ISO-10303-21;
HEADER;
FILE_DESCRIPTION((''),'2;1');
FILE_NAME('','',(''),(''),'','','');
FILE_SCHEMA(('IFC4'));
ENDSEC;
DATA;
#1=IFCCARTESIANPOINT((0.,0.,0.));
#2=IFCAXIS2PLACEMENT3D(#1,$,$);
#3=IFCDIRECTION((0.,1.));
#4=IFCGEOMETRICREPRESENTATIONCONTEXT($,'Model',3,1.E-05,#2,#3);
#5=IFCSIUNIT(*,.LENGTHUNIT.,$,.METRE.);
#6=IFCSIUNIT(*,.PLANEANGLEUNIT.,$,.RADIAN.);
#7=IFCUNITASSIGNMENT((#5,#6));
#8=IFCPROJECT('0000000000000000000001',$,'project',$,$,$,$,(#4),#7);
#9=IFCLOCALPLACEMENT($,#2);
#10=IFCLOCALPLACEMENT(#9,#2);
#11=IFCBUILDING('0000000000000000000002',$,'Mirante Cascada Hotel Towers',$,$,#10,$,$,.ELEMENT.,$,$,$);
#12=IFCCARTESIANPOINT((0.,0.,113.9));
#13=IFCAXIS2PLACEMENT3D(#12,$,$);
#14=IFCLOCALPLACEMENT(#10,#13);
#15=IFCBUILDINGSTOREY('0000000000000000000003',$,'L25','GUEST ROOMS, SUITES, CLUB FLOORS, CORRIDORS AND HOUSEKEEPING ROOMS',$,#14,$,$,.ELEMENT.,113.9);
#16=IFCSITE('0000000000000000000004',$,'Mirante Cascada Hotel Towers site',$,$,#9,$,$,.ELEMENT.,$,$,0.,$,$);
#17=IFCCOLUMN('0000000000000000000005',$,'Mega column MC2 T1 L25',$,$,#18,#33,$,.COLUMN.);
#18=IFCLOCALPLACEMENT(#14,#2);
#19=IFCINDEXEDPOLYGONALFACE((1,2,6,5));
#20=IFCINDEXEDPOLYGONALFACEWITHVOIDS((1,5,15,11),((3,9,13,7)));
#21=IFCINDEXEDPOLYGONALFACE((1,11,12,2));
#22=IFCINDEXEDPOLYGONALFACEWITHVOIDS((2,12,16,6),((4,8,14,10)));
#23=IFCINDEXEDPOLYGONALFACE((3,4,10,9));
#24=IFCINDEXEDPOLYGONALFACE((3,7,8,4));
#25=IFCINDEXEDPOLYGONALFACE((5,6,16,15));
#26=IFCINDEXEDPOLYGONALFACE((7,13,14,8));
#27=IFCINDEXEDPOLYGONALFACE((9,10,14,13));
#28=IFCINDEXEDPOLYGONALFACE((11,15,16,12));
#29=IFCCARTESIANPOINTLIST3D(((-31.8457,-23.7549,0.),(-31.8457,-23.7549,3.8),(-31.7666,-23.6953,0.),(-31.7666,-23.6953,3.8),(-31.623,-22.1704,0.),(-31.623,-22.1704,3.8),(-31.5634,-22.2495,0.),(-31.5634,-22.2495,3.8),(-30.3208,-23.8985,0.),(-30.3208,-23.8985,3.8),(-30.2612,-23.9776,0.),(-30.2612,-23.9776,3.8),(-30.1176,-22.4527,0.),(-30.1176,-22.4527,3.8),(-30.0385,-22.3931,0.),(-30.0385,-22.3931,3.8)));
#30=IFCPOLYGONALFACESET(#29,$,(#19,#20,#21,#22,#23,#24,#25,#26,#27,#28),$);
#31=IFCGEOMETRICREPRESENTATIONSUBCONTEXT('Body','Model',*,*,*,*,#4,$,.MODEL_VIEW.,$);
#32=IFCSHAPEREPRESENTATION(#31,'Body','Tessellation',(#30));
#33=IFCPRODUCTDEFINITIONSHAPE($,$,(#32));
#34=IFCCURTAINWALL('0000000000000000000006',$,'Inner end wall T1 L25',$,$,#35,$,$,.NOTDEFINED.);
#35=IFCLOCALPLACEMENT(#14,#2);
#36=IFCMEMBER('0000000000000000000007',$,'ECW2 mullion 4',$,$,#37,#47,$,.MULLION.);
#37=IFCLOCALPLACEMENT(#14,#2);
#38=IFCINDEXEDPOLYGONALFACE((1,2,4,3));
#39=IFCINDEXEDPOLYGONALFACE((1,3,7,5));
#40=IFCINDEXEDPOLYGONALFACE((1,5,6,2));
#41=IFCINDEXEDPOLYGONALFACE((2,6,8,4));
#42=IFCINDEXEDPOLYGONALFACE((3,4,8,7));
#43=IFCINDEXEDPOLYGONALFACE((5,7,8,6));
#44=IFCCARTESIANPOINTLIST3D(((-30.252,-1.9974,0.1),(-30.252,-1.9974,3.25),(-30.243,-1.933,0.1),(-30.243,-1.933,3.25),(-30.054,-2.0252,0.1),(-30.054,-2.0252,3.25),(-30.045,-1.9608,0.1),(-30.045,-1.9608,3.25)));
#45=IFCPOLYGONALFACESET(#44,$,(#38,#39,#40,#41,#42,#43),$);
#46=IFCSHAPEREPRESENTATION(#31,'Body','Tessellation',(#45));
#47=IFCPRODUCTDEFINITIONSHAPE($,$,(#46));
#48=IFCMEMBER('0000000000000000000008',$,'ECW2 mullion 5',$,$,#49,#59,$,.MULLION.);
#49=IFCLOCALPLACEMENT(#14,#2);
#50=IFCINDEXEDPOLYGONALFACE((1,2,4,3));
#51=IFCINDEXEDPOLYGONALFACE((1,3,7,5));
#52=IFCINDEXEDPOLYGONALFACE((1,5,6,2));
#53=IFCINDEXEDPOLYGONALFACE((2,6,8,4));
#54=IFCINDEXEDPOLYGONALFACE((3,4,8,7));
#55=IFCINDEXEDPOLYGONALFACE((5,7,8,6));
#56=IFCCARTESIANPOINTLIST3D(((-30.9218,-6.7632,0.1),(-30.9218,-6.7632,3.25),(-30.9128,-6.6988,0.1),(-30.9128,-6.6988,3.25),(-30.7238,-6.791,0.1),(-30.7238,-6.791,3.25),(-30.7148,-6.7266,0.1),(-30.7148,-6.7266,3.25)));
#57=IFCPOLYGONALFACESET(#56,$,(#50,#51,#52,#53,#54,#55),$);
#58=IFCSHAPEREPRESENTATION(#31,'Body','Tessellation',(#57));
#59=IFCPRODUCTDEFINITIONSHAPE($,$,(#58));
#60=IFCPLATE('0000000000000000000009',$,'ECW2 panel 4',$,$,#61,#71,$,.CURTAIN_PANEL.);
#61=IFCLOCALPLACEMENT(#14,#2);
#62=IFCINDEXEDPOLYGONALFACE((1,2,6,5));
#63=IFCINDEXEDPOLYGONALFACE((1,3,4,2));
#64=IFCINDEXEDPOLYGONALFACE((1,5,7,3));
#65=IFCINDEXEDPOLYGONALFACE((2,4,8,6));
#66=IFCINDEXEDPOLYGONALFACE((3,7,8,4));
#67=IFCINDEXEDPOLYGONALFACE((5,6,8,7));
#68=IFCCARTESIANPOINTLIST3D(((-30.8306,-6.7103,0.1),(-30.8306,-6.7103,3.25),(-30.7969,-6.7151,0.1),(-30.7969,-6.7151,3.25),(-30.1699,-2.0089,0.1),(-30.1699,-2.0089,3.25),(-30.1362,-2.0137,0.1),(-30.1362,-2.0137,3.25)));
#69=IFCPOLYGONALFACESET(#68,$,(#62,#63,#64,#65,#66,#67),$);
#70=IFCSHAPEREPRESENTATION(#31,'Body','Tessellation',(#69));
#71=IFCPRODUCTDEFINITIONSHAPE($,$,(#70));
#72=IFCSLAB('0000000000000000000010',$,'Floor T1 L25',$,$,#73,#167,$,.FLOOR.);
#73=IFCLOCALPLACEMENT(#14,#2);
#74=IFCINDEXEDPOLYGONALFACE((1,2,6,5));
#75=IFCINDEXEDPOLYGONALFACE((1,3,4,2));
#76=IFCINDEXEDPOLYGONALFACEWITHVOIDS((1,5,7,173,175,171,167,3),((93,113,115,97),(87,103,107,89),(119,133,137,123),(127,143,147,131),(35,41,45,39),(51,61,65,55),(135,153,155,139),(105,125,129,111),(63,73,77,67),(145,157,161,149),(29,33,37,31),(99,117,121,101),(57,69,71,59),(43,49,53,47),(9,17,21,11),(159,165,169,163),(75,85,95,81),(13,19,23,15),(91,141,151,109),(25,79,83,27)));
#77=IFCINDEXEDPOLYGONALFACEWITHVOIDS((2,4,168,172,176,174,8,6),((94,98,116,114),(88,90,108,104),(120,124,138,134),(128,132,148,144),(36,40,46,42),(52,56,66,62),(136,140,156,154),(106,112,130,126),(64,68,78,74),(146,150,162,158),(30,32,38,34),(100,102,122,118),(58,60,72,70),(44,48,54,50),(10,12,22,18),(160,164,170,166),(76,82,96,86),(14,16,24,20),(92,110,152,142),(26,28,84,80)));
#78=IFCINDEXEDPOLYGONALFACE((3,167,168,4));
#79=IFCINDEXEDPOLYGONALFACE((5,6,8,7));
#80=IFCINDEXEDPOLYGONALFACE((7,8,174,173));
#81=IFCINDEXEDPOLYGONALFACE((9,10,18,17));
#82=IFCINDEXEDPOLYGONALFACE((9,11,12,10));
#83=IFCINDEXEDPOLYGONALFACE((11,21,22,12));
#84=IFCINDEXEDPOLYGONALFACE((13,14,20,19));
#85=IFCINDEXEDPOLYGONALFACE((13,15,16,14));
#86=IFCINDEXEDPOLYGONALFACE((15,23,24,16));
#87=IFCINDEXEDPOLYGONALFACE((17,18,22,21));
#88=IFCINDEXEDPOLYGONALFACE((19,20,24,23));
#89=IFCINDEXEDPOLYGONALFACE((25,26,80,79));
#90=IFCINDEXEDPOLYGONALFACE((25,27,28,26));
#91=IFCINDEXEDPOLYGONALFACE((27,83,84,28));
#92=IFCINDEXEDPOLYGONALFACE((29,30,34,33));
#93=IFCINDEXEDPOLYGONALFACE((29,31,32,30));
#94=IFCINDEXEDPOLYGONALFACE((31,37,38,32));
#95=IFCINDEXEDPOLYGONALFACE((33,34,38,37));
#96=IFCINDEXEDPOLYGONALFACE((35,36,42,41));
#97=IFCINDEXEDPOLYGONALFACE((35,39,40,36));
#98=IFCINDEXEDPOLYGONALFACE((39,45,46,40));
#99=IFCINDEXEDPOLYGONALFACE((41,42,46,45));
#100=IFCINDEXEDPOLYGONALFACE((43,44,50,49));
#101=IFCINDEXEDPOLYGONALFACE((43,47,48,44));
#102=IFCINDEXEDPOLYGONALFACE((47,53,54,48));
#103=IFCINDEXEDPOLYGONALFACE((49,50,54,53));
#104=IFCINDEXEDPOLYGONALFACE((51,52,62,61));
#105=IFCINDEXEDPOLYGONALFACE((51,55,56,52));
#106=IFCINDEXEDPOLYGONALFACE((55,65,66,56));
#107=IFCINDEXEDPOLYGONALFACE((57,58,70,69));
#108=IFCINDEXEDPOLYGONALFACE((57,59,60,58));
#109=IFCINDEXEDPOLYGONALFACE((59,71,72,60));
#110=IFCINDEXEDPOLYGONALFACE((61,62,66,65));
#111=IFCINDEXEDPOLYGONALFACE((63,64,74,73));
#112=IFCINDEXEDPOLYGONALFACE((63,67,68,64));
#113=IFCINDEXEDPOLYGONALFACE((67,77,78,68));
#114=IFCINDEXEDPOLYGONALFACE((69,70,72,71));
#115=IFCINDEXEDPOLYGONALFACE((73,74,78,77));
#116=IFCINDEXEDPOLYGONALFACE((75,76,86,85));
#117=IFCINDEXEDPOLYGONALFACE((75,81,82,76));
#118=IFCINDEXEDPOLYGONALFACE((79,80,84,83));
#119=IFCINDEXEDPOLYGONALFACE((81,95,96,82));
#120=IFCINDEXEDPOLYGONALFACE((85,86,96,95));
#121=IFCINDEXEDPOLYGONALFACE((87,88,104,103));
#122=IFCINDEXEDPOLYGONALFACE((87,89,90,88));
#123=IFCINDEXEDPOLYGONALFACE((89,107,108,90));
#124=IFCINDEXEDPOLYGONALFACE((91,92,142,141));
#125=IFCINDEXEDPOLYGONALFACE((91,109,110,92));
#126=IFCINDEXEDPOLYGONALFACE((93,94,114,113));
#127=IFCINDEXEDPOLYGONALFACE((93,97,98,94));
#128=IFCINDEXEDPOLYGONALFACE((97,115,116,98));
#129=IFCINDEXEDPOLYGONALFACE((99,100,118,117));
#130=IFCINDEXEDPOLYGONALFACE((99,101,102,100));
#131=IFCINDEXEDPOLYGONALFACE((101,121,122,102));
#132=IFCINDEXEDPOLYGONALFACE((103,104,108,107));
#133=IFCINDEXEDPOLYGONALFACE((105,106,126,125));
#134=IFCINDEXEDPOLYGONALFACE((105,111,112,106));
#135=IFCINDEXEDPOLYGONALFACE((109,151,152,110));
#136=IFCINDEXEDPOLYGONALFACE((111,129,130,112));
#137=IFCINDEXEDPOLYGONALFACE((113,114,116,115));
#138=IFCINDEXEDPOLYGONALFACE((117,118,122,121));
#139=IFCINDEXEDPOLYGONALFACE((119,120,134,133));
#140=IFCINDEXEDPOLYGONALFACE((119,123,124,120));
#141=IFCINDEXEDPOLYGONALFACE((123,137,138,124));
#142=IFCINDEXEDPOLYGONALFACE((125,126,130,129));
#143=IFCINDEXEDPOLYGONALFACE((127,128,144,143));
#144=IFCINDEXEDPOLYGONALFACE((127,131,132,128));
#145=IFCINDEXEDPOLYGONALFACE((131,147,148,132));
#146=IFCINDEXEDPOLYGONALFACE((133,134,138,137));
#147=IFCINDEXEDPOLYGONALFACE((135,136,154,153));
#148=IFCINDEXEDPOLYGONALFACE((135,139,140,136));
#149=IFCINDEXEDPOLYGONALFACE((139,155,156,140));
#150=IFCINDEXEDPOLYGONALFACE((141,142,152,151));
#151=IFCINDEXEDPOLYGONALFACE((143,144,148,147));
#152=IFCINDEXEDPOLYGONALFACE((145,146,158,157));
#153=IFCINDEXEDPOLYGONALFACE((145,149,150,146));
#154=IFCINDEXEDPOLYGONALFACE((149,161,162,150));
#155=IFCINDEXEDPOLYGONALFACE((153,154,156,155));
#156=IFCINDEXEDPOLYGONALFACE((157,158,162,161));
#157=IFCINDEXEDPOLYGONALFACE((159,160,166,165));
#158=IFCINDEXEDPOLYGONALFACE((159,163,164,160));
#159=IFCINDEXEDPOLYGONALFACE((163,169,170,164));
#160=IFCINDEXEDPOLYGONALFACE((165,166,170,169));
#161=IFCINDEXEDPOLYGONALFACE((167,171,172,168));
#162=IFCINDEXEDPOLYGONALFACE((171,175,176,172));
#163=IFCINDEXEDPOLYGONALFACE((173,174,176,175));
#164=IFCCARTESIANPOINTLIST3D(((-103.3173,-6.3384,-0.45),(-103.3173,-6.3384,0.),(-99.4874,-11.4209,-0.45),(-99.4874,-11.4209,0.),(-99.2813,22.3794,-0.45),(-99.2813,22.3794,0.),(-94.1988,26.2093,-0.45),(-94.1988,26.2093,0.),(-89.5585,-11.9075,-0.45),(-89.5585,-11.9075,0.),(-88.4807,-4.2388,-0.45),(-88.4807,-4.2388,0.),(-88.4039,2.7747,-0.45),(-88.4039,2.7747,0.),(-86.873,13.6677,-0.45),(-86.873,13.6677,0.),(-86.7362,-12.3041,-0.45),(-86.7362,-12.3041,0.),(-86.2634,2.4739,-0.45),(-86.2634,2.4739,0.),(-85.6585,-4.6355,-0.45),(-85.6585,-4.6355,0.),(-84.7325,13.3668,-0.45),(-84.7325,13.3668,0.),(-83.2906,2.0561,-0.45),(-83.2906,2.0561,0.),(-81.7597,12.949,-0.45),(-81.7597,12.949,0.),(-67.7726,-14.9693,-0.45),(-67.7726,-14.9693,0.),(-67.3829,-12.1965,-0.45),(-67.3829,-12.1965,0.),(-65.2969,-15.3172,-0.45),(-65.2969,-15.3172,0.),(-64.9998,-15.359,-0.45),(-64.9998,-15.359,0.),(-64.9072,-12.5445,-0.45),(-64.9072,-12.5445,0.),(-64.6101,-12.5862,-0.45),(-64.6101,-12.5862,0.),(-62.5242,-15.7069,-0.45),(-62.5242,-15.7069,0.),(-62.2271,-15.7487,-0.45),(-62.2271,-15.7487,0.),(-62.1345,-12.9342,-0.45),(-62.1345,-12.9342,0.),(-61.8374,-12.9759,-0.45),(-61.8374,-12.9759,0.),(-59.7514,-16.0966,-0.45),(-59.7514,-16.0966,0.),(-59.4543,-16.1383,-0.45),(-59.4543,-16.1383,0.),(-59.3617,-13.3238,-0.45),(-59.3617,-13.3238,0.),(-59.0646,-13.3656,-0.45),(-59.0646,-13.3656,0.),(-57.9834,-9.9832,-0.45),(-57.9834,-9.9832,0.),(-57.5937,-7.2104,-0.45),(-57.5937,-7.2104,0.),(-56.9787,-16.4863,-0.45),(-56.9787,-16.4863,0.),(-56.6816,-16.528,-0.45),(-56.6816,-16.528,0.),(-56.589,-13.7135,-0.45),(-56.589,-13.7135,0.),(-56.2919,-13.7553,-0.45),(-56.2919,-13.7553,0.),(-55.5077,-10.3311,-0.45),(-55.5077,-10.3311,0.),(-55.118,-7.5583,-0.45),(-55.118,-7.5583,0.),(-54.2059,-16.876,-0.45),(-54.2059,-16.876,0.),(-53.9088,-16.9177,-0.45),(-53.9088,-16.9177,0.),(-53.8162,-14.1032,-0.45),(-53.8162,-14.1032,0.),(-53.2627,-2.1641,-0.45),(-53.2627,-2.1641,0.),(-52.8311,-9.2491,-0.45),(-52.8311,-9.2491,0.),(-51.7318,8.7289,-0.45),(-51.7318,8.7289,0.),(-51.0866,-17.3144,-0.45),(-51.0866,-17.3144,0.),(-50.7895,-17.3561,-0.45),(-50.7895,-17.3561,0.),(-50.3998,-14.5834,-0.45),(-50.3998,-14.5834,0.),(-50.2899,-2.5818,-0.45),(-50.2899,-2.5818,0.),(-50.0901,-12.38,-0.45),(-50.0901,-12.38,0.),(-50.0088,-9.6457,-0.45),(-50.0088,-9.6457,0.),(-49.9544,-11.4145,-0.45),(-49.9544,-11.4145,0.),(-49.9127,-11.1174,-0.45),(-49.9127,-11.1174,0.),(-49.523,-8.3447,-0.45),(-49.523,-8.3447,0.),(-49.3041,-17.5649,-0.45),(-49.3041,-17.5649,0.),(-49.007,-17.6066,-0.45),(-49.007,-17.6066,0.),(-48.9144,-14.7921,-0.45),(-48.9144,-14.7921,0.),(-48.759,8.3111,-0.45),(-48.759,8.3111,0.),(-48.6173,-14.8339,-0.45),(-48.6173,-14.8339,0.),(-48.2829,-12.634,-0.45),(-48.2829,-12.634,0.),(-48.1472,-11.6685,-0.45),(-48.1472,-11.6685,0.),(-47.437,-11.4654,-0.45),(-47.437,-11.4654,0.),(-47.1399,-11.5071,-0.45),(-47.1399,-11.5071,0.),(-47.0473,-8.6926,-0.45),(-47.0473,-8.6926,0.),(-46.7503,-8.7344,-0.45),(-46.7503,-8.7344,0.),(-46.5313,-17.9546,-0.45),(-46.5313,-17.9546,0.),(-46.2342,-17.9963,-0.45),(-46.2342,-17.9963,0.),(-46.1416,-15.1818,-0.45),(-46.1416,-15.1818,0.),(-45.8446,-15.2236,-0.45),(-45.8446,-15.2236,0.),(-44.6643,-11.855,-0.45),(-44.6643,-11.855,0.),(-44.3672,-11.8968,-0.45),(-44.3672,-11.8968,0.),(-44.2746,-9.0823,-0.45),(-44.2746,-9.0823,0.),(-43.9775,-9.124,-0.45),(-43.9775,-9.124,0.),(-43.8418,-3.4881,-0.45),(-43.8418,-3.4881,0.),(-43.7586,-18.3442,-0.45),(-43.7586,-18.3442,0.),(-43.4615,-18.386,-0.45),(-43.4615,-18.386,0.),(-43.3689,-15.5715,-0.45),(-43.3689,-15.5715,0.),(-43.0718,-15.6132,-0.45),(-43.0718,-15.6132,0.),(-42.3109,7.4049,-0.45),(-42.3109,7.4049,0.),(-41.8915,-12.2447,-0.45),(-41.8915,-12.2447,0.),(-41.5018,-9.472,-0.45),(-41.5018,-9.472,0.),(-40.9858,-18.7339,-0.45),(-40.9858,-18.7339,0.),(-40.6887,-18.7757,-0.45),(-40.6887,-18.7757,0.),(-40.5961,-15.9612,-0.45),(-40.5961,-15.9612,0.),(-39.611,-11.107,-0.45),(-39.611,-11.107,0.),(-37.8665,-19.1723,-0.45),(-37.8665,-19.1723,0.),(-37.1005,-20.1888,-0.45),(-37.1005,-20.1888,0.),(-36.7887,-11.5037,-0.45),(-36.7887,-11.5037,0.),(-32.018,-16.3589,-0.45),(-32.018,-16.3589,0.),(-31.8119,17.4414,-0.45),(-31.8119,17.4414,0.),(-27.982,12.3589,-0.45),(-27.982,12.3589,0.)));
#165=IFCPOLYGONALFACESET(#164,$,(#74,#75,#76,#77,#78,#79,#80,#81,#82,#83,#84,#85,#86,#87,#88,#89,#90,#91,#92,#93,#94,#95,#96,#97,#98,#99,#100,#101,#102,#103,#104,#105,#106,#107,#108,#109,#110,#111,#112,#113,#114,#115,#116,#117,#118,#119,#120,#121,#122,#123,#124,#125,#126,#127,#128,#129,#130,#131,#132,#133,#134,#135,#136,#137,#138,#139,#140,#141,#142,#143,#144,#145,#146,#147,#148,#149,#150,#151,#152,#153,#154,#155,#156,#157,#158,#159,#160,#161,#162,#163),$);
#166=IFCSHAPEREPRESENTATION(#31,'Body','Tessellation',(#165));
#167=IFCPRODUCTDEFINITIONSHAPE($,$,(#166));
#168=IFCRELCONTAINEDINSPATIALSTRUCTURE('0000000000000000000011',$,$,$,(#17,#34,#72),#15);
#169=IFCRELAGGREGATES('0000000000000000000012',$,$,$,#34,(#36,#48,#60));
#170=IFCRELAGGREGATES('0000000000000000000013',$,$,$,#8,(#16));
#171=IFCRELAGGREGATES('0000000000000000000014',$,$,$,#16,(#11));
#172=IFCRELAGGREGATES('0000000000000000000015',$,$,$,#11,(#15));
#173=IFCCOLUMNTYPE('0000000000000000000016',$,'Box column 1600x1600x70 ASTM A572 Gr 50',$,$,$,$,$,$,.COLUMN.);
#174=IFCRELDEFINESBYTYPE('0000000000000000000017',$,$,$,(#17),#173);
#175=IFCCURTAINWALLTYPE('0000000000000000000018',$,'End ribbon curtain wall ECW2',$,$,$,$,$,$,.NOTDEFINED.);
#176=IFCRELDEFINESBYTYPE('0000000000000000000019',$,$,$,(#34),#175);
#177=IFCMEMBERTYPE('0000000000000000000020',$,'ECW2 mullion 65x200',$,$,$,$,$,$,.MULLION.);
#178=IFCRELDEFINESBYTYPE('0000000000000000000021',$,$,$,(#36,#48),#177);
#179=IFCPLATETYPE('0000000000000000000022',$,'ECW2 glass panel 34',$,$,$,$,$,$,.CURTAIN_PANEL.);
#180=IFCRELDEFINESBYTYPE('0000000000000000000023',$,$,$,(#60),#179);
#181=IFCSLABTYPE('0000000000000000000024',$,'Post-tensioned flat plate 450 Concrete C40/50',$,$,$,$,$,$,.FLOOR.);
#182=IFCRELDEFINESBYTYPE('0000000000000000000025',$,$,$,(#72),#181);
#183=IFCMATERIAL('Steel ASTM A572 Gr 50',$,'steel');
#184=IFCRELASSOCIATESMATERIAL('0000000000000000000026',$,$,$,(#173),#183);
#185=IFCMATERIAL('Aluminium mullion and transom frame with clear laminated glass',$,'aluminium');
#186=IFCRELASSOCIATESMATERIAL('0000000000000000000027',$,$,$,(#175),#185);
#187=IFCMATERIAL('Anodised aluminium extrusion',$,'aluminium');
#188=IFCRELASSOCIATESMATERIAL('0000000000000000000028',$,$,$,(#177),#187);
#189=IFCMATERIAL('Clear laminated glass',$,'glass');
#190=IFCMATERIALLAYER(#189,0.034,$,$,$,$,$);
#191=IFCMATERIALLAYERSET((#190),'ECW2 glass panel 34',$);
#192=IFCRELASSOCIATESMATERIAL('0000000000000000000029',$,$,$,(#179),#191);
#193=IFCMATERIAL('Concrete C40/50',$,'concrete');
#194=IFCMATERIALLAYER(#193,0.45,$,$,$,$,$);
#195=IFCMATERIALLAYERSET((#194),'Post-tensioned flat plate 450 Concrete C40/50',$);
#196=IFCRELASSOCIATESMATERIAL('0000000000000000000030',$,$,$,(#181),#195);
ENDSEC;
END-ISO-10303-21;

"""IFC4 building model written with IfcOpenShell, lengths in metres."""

from ifc_helpers import new_model, si_unit, direction, frame, origin, origin_2d, place, context, subcontext, project, spatial, polyline, rectangle, hollow_rectangle, outline, extrude, material, layer, layer_set, material_profile, profile_set, type_object, element, aggregate, save


model = new_model("IFC4")

# Units and contexts
model_context = context("Model", 3, precision=1e-05, world=origin(), true_north=direction((0.0, 1.0)))
body_context = subcontext(model_context, "Body", "Model", "MODEL_VIEW")
ifc_project = project(units=[si_unit("LENGTHUNIT", "METRE"), si_unit("PLANEANGLEUNIT", "RADIAN")], contexts=[model_context])

# Site, building, storey
site_placement = place(None, origin())
site = spatial("IfcSite", under=ifc_project, at=site_placement, Name="Mirante Cascada Hotel Towers site", CompositionType="ELEMENT", RefElevation=0.0)
building_placement = place(site_placement, origin())
building = spatial("IfcBuilding", under=site, at=building_placement, Name="Mirante Cascada Hotel Towers", CompositionType="ELEMENT")
storey_placement = place(building_placement, frame((0.0, 0.0, 113.9)))
storey = spatial("IfcBuildingStorey", under=building, at=storey_placement, Name="L25", Description="GUEST ROOMS, SUITES, CLUB FLOORS, CORRIDORS AND HOUSEKEEPING ROOMS", CompositionType="ELEMENT", Elevation=113.9)

# Column
ifc_material_1 = material(Name="Steel ASTM A572 Gr 50", Category="steel")
ifc_material_profile_1 = material_profile(ifc_material_1, hollow_rectangle(XDim=1.6, YDim=1.6, WallThickness=0.07, at=origin_2d()), Name="Box column 1600x1600x70 ASTM A572 Gr 50")
ifc_profile_set_1 = profile_set([ifc_material_profile_1], Name="Steel ASTM A572 Gr 50")
column_type = type_object("IfcColumnType", Name="Box column 1600x1600x70 ASTM A572 Gr 50", PredefinedType="COLUMN", material=ifc_profile_set_1)
column_placement = place(storey_placement, frame((-30.9421, -23.074, 0.0), z_axis=(0.0, 0.0, 1.0), x_axis=(-0.990268, 0.139173, 0.0)))
element("IfcColumn", 1, at=column_placement, inside=storey, type_object=column_type, Name="Mega column MC2 T1 L25", PredefinedType="COLUMN", context=body_context, shape_type="SweptSolid", body=[
    extrude(hollow_rectangle(XDim=1.6, YDim=1.6, WallThickness=0.07, at=origin_2d()), origin(), (0.0, 0.0, 1.0), 3.8),
])

# Curtain wall, members, plate
ifc_material_2 = material(Name="Aluminium mullion and transom frame with clear laminated glass", Category="aluminium")
curtain_wall_type = type_object("IfcCurtainWallType", Name="End ribbon curtain wall ECW2", PredefinedType="NOTDEFINED", material=ifc_material_2)
curtain_wall_placement = place(storey_placement, origin())
curtain_wall = element("IfcCurtainWall", 2, at=curtain_wall_placement, inside=storey, type_object=curtain_wall_type, Name="Inner end wall T1 L25", PredefinedType="NOTDEFINED")
ifc_material_3 = material(Name="Anodised aluminium extrusion", Category="aluminium")
ifc_material_profile_2 = material_profile(ifc_material_3, rectangle(XDim=0.2, YDim=0.065, at=origin_2d()), Name="ECW2 MULLION 65x200")
ifc_profile_set_2 = profile_set([ifc_material_profile_2], Name="Anodised aluminium extrusion")
member_type = type_object("IfcMemberType", Name="ECW2 mullion 65x200", PredefinedType="MULLION", material=ifc_profile_set_2)
member_1_placement = place(storey_placement, frame((-30.1485, -1.9791, 0.1), z_axis=(0.0, 0.0, 1.0), x_axis=(0.990268, -0.139173, 0.0)))
member_1 = element("IfcMember", 3, at=member_1_placement, type_object=member_type, Name="ECW2 mullion 4", PredefinedType="MULLION", context=body_context, shape_type="SweptSolid", body=[
    extrude(rectangle(XDim=0.2, YDim=0.065, at=origin_2d()), origin(), (0.0, 0.0, 1.0), 3.15),
])
member_2_placement = place(storey_placement, frame((-30.8183, -6.7449, 0.1), z_axis=(0.0, 0.0, 1.0), x_axis=(0.990268, -0.139173, 0.0)))
member_2 = element("IfcMember", 4, at=member_2_placement, type_object=member_type, Name="ECW2 mullion 5", PredefinedType="MULLION", context=body_context, shape_type="SweptSolid", body=[
    extrude(rectangle(XDim=0.2, YDim=0.065, at=origin_2d()), origin(), (0.0, 0.0, 1.0), 3.15),
])
ifc_material_4 = material(Name="Clear laminated glass", Category="glass")
ifc_layer_1 = layer(ifc_material_4, 0.034)
ifc_layer_set_1 = layer_set([ifc_layer_1], Name="ECW2 glass panel 34")
plate_type = type_object("IfcPlateType", Name="ECW2 glass panel 34", PredefinedType="CURTAIN_PANEL", material=ifc_layer_set_1)
plate_placement = place(storey_placement, frame((-30.4834, -4.362, 0.1), z_axis=(0.0, 0.0, 1.0), x_axis=(-0.139173, -0.990268, 0.0)))
plate = element("IfcPlate", 5, at=plate_placement, type_object=plate_type, Name="ECW2 panel 4", PredefinedType="CURTAIN_PANEL", context=body_context, shape_type="SweptSolid", body=[
    extrude(rectangle(XDim=4.7476, YDim=0.034, at=origin_2d()), origin(), (0.0, 0.0, 1.0), 3.15),
])
aggregate(curtain_wall, [member_1, member_2, plate])

# Slab
ifc_material_5 = material(Name="Concrete C40/50", Category="concrete")
ifc_layer_2 = layer(ifc_material_5, 0.45)
ifc_layer_set_2 = layer_set([ifc_layer_2], Name="Post-tensioned flat plate 450 Concrete C40/50")
slab_type = type_object("IfcSlabType", Name="Post-tensioned flat plate 450 Concrete C40/50", PredefinedType="FLOOR", material=ifc_layer_set_2)
slab_1_placement = place(storey_placement, frame((0.0, 0.0, -0.45)))
element("IfcSlab", 6, at=slab_1_placement, inside=storey, type_object=slab_type, Name="Floor T1 L25", PredefinedType="FLOOR", context=body_context, shape_type="SweptSolid", body=[
    extrude(outline(polyline([(-32.018, -16.3589), (-27.982, 12.3589), (-31.8119, 17.4414), (-94.1988, 26.2093), (-99.2813, 22.3794), (-103.3173, -6.3384), (-99.4874, -11.4209), (-37.1005, -20.1888), (-32.018, -16.3589)]), holes=[polyline([(-43.0718, -15.6132), (-40.5961, -15.9612), (-40.9858, -18.7339), (-43.4615, -18.386), (-43.0718, -15.6132)]), polyline([(-45.8446, -15.2236), (-43.3689, -15.5715), (-43.7586, -18.3442), (-46.2342, -17.9963), (-45.8446, -15.2236)]), polyline([(-48.6173, -14.8339), (-46.1416, -15.1818), (-46.5313, -17.9546), (-49.007, -17.6066), (-48.6173, -14.8339)]), polyline([(-50.3998, -14.5834), (-48.9144, -14.7921), (-49.3041, -17.5649), (-50.7895, -17.3561), (-50.3998, -14.5834)]), polyline([(-36.7887, -11.5037), (-37.8665, -19.1723), (-40.6887, -18.7757), (-39.611, -11.107), (-36.7887, -11.5037)]), polyline([(-49.9544, -11.4145), (-48.1472, -11.6685), (-48.2829, -12.634), (-50.0901, -12.38), (-49.9544, -11.4145)]), polyline([(-43.9775, -9.124), (-41.5018, -9.472), (-41.8915, -12.2447), (-44.3672, -11.8968), (-43.9775, -9.124)]), polyline([(-47.1399, -11.5071), (-46.7503, -8.7344), (-44.2746, -9.0823), (-44.6643, -11.855), (-47.1399, -11.5071)]), polyline([(-49.9127, -11.1174), (-49.523, -8.3447), (-47.0473, -8.6926), (-47.437, -11.4654), (-49.9127, -11.1174)]), polyline([(-56.2919, -13.7553), (-53.8162, -14.1032), (-54.2059, -16.876), (-56.6816, -16.528), (-56.2919, -13.7553)]), polyline([(-59.0646, -13.3656), (-56.589, -13.7135), (-56.9787, -16.4863), (-59.4543, -16.1383), (-59.0646, -13.3656)]), polyline([(-61.8374, -12.9759), (-59.3617, -13.3238), (-59.7514, -16.0966), (-62.2271, -15.7487), (-61.8374, -12.9759)]), polyline([(-64.6101, -12.5862), (-62.1345, -12.9342), (-62.5242, -15.7069), (-64.9998, -15.359), (-64.6101, -12.5862)]), polyline([(-67.3829, -12.1965), (-64.9072, -12.5445), (-65.2969, -15.3172), (-67.7726, -14.9693), (-67.3829, -12.1965)]), polyline([(-50.0088, -9.6457), (-51.0866, -17.3144), (-53.9088, -16.9177), (-52.8311, -9.2491), (-50.0088, -9.6457)]), polyline([(-85.6585, -4.6355), (-86.7362, -12.3041), (-89.5585, -11.9075), (-88.4807, -4.2388), (-85.6585, -4.6355)]), polyline([(-57.9834, -9.9832), (-57.5937, -7.2104), (-55.118, -7.5583), (-55.5077, -10.3311), (-57.9834, -9.9832)]), polyline([(-86.873, 13.6677), (-84.7325, 13.3668), (-84.7325, 13.3668), (-86.2634, 2.4739), (-86.2634, 2.4739), (-88.4039, 2.7747), (-86.873, 13.6677)]), polyline([(-51.7318, 8.7289), (-53.2627, -2.1641), (-53.2627, -2.1641), (-83.2906, 2.0561), (-83.2906, 2.0561), (-81.7597, 12.949), (-81.7597, 12.949), (-51.7318, 8.7289)]), polyline([(-42.3109, 7.4049), (-43.8418, -3.4881), (-50.2899, -2.5818), (-50.2899, -2.5818), (-48.759, 8.3111), (-42.3109, 7.4049)])]), origin(), (0.0, 0.0, 1.0), 0.45),
])

save(model, "model.ifc")
